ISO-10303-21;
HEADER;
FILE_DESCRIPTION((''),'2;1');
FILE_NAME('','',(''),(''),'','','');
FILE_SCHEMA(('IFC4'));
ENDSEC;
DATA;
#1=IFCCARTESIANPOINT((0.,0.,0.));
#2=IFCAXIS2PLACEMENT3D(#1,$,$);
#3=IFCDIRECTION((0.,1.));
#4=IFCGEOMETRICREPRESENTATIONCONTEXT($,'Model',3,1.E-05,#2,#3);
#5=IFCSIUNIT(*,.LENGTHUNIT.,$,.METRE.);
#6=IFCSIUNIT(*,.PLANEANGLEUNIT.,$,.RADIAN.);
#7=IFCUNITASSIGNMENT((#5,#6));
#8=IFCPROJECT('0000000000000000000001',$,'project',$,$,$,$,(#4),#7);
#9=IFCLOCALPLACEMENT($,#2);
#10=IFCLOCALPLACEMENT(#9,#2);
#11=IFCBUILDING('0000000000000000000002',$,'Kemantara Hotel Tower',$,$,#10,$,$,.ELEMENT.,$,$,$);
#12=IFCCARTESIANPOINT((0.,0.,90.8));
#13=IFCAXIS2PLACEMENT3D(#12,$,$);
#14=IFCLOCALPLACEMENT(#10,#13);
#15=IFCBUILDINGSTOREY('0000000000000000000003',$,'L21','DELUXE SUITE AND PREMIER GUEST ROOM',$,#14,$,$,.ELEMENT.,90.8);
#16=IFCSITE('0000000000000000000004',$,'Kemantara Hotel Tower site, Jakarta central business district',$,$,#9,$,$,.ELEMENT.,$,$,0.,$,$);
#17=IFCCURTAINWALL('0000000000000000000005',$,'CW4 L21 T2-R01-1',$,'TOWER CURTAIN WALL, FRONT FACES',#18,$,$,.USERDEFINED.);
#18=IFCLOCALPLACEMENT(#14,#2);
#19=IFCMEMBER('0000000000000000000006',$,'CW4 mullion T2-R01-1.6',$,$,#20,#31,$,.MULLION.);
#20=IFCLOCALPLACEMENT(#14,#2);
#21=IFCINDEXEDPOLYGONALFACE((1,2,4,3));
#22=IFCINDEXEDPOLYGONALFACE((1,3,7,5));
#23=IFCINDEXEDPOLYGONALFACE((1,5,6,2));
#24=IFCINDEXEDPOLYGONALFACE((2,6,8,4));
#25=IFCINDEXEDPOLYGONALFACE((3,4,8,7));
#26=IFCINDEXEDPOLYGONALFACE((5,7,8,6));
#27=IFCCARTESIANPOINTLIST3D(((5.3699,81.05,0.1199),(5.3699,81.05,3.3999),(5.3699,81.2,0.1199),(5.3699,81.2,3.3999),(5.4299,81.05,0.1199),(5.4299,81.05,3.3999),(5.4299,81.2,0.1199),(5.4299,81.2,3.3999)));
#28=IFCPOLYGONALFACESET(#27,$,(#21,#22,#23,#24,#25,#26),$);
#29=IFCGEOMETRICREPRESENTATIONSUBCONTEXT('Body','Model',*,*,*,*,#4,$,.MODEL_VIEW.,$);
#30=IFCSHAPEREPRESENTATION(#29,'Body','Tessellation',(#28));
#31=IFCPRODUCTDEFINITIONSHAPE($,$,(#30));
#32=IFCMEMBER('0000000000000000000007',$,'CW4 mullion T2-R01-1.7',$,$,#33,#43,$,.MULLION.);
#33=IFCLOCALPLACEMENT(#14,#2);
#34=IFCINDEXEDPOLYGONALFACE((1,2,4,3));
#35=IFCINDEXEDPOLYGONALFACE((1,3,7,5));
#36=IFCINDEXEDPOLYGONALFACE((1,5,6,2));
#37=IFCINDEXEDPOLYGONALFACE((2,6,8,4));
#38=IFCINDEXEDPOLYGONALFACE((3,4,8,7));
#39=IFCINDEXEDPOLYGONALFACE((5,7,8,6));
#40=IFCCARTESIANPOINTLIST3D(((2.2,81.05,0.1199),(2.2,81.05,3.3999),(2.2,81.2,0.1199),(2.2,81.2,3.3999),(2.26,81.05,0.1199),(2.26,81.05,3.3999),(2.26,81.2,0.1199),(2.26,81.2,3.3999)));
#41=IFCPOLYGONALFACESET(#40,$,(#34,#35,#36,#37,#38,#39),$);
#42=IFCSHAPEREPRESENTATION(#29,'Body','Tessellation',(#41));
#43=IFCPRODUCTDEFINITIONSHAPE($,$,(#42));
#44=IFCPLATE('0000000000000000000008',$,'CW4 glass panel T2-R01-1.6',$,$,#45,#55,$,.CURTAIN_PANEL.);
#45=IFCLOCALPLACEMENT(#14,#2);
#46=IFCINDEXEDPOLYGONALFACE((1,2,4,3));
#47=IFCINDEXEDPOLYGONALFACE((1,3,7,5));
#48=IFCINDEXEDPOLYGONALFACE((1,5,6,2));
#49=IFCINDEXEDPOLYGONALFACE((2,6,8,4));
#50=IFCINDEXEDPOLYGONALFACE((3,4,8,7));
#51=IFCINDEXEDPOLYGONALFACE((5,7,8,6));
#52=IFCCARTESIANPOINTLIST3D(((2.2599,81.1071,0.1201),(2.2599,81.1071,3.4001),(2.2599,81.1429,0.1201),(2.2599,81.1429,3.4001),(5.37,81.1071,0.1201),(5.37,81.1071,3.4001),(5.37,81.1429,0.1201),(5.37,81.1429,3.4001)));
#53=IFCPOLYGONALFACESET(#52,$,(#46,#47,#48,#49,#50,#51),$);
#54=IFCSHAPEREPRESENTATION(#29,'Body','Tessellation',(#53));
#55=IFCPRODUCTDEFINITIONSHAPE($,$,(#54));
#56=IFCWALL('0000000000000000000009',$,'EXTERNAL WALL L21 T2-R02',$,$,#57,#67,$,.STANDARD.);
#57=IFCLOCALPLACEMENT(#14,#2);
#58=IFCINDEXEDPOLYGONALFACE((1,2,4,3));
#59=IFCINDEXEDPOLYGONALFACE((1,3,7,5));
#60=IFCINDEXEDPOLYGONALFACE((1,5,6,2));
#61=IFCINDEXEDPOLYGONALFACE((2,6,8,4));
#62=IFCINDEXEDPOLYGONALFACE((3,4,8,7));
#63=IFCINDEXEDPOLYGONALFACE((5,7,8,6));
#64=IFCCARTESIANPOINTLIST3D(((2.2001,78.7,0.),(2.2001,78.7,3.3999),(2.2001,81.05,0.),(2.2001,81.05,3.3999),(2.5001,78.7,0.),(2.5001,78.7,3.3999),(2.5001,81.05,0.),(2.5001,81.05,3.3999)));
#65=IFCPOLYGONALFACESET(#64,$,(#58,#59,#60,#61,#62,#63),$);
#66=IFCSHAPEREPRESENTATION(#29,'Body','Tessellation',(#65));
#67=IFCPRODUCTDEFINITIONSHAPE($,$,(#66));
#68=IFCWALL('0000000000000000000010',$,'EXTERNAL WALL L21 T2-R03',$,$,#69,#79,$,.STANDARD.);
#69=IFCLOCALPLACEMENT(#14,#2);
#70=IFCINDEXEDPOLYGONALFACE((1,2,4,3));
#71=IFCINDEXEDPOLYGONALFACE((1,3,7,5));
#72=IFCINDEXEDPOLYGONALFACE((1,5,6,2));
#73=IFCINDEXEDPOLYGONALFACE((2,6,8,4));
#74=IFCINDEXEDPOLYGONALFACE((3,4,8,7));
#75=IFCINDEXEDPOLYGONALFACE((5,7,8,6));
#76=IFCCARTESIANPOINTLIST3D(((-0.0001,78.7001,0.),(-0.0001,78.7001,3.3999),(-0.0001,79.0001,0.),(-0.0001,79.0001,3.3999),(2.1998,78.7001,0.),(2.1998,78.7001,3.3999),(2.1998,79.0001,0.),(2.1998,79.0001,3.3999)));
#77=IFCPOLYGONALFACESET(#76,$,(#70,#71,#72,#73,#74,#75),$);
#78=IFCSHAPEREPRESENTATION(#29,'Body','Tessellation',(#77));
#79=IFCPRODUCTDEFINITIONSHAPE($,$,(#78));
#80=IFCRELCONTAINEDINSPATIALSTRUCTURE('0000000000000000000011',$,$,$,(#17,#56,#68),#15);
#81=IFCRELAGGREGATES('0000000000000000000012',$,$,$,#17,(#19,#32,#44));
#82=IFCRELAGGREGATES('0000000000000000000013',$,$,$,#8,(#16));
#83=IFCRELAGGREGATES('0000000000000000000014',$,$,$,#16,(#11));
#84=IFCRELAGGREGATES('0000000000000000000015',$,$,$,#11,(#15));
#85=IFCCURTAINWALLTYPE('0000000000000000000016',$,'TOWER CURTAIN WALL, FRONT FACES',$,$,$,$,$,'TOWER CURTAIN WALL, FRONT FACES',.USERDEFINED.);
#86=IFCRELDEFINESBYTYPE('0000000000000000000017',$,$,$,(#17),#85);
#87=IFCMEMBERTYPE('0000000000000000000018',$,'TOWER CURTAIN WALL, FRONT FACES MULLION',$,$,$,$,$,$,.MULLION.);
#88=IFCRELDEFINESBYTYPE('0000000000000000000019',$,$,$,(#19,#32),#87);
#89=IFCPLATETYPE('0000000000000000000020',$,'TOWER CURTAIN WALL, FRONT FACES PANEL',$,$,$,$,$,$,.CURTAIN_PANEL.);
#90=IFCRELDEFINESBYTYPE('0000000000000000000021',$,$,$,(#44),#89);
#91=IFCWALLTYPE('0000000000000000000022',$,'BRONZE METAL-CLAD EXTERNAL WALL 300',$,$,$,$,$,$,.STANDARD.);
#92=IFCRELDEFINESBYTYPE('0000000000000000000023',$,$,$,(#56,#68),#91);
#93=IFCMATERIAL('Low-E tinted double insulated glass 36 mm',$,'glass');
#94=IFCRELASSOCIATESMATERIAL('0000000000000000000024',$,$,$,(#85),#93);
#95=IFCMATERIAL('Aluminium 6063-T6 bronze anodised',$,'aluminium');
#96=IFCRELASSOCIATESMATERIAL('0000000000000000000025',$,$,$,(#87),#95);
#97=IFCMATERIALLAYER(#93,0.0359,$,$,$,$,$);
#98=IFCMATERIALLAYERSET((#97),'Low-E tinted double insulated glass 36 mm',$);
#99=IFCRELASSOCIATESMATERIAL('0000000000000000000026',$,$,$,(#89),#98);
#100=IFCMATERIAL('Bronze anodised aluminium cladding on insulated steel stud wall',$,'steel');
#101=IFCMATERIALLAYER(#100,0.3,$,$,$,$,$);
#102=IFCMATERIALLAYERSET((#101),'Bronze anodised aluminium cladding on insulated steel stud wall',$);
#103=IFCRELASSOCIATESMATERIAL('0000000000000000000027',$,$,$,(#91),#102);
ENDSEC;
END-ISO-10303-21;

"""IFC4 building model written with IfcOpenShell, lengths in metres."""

from ifc_helpers import new_model, si_unit, direction, frame, frame_2d, origin, origin_2d, place, context, subcontext, project, spatial, rectangle, extrude, source, transform, mapped, material, layer, layer_set, material_profile, profile_set, type_object, element, aggregate, save


model = new_model("IFC4")

# Units and contexts
model_context = context("Model", 3, precision=1e-05, world=origin(), true_north=direction((0.0, 1.0)))
body_context = subcontext(model_context, "Body", "Model", "MODEL_VIEW")
ifc_project = project(units=[si_unit("LENGTHUNIT", "METRE"), si_unit("PLANEANGLEUNIT", "RADIAN")], contexts=[model_context])

# Site, building, storey
site_placement = place(None, origin())
site = spatial("IfcSite", under=ifc_project, at=site_placement, Name="Kemantara Hotel Tower site, Jakarta central business district", CompositionType="ELEMENT", RefElevation=0.0)
building_placement = place(site_placement, origin())
building = spatial("IfcBuilding", under=site, at=building_placement, Name="Kemantara Hotel Tower", CompositionType="ELEMENT")
storey_placement = place(building_placement, frame((0.0, 0.0, 90.8)))
storey = spatial("IfcBuildingStorey", under=building, at=storey_placement, Name="L21", Description="DELUXE SUITE AND PREMIER GUEST ROOM", CompositionType="ELEMENT", Elevation=90.8)

# Curtain wall, members, plate
ifc_material_1 = material(Name="Low-E tinted double insulated glass 36 mm", Category="glass")
curtain_wall_type = type_object("IfcCurtainWallType", Name="TOWER CURTAIN WALL, FRONT FACES", ElementType="TOWER CURTAIN WALL, FRONT FACES", PredefinedType="USERDEFINED", material=ifc_material_1)
curtain_wall_placement = place(storey_placement, origin())
curtain_wall = element("IfcCurtainWall", 1, at=curtain_wall_placement, inside=storey, type_object=curtain_wall_type, Name="CW4 L21 T2-R01-1", ObjectType="TOWER CURTAIN WALL, FRONT FACES", PredefinedType="USERDEFINED")
ifc_material_2 = material(Name="Aluminium 6063-T6 bronze anodised", Category="aluminium")
ifc_material_profile = material_profile(ifc_material_2, rectangle(XDim=0.1499, YDim=0.0601, at=origin_2d()), Name="TOWER CURTAIN WALL, FRONT FACES MULLION")
ifc_profile_set = profile_set([ifc_material_profile], Name="Aluminium 6063-T6 bronze anodised")
member_type = type_object("IfcMemberType", Name="TOWER CURTAIN WALL, FRONT FACES MULLION", PredefinedType="MULLION", material=ifc_profile_set)
shared_shape_1 = source(origin(), body_context, "Body", "SweptSolid", [
    extrude(rectangle(XDim=0.1499, YDim=0.0601, at=origin_2d()), origin(), (0.0, 0.0, 1.0), 3.28),
])
member_1_placement = place(storey_placement, frame((5.3999, 81.125, 0.1199), z_axis=(0.0, 0.0, 1.0), x_axis=(0.0, -1.0, 0.0)))
member_1 = element("IfcMember", 2, at=member_1_placement, type_object=member_type, Name="CW4 mullion T2-R01-1.6", PredefinedType="MULLION", context=body_context, shape_type="MappedRepresentation", body=[
    mapped(shared_shape_1, transform((0.0, 0.0, 0.0))),
])
member_2_placement = place(storey_placement, frame((2.23, 81.125, 0.1199), z_axis=(0.0, 0.0, 1.0), x_axis=(0.0, -1.0, 0.0)))
member_2 = element("IfcMember", 3, at=member_2_placement, type_object=member_type, Name="CW4 mullion T2-R01-1.7", PredefinedType="MULLION", context=body_context, shape_type="MappedRepresentation", body=[
    mapped(shared_shape_1, transform((0.0, 0.0, 0.0))),
])
ifc_layer_1 = layer(ifc_material_1, 0.0359)
ifc_layer_set_1 = layer_set([ifc_layer_1], Name="Low-E tinted double insulated glass 36 mm")
plate_type = type_object("IfcPlateType", Name="TOWER CURTAIN WALL, FRONT FACES PANEL", PredefinedType="CURTAIN_PANEL", material=ifc_layer_set_1)
shared_shape_2 = source(origin(), body_context, "Body", "SweptSolid", [
    extrude(rectangle(XDim=3.1101, YDim=0.0359, at=origin_2d()), origin(), (0.0, 0.0, 1.0), 3.28),
])
plate_placement = place(storey_placement, frame((3.8149, 81.125, 0.1201), z_axis=(0.0, 0.0, 1.0), x_axis=(-1.0, 0.0, 0.0)))
plate = element("IfcPlate", 4, at=plate_placement, type_object=plate_type, Name="CW4 glass panel T2-R01-1.6", PredefinedType="CURTAIN_PANEL", context=body_context, shape_type="MappedRepresentation", body=[
    mapped(shared_shape_2, transform((0.0, 0.0, 0.0))),
])
aggregate(curtain_wall, [member_1, member_2, plate])

# Walls
ifc_material_3 = material(Name="Bronze anodised aluminium cladding on insulated steel stud wall", Category="steel")
ifc_layer_2 = layer(ifc_material_3, 0.3)
ifc_layer_set_2 = layer_set([ifc_layer_2], Name="Bronze anodised aluminium cladding on insulated steel stud wall")
wall_type = type_object("IfcWallType", Name="BRONZE METAL-CLAD EXTERNAL WALL 300", PredefinedType="STANDARD", material=ifc_layer_set_2)
wall_1_placement = place(storey_placement, frame((2.3501, 81.05, 0.0), z_axis=(0.0, 0.0, 1.0), x_axis=(0.0, -1.0, 0.0)))
element("IfcWall", 5, at=wall_1_placement, inside=storey, type_object=wall_type, Name="EXTERNAL WALL L21 T2-R02", PredefinedType="STANDARD", context=body_context, shape_type="SweptSolid", body=[
    extrude(rectangle(XDim=2.3501, YDim=0.3, at=frame_2d((1.175, 0.0))), origin(), (0.0, 0.0, 1.0), 3.3999),
])
wall_2_placement = place(storey_placement, frame((2.2, 78.8501, 0.0), z_axis=(0.0, 0.0, 1.0), x_axis=(-1.0, 0.0, 0.0)))
element("IfcWall", 6, at=wall_2_placement, inside=storey, type_object=wall_type, Name="EXTERNAL WALL L21 T2-R03", PredefinedType="STANDARD", context=body_context, shape_type="SweptSolid", body=[
    extrude(rectangle(XDim=2.2, YDim=0.3, at=frame_2d((1.1001, 0.0))), origin(), (0.0, 0.0, 1.0), 3.3999),
])

save(model, "model.ifc")
